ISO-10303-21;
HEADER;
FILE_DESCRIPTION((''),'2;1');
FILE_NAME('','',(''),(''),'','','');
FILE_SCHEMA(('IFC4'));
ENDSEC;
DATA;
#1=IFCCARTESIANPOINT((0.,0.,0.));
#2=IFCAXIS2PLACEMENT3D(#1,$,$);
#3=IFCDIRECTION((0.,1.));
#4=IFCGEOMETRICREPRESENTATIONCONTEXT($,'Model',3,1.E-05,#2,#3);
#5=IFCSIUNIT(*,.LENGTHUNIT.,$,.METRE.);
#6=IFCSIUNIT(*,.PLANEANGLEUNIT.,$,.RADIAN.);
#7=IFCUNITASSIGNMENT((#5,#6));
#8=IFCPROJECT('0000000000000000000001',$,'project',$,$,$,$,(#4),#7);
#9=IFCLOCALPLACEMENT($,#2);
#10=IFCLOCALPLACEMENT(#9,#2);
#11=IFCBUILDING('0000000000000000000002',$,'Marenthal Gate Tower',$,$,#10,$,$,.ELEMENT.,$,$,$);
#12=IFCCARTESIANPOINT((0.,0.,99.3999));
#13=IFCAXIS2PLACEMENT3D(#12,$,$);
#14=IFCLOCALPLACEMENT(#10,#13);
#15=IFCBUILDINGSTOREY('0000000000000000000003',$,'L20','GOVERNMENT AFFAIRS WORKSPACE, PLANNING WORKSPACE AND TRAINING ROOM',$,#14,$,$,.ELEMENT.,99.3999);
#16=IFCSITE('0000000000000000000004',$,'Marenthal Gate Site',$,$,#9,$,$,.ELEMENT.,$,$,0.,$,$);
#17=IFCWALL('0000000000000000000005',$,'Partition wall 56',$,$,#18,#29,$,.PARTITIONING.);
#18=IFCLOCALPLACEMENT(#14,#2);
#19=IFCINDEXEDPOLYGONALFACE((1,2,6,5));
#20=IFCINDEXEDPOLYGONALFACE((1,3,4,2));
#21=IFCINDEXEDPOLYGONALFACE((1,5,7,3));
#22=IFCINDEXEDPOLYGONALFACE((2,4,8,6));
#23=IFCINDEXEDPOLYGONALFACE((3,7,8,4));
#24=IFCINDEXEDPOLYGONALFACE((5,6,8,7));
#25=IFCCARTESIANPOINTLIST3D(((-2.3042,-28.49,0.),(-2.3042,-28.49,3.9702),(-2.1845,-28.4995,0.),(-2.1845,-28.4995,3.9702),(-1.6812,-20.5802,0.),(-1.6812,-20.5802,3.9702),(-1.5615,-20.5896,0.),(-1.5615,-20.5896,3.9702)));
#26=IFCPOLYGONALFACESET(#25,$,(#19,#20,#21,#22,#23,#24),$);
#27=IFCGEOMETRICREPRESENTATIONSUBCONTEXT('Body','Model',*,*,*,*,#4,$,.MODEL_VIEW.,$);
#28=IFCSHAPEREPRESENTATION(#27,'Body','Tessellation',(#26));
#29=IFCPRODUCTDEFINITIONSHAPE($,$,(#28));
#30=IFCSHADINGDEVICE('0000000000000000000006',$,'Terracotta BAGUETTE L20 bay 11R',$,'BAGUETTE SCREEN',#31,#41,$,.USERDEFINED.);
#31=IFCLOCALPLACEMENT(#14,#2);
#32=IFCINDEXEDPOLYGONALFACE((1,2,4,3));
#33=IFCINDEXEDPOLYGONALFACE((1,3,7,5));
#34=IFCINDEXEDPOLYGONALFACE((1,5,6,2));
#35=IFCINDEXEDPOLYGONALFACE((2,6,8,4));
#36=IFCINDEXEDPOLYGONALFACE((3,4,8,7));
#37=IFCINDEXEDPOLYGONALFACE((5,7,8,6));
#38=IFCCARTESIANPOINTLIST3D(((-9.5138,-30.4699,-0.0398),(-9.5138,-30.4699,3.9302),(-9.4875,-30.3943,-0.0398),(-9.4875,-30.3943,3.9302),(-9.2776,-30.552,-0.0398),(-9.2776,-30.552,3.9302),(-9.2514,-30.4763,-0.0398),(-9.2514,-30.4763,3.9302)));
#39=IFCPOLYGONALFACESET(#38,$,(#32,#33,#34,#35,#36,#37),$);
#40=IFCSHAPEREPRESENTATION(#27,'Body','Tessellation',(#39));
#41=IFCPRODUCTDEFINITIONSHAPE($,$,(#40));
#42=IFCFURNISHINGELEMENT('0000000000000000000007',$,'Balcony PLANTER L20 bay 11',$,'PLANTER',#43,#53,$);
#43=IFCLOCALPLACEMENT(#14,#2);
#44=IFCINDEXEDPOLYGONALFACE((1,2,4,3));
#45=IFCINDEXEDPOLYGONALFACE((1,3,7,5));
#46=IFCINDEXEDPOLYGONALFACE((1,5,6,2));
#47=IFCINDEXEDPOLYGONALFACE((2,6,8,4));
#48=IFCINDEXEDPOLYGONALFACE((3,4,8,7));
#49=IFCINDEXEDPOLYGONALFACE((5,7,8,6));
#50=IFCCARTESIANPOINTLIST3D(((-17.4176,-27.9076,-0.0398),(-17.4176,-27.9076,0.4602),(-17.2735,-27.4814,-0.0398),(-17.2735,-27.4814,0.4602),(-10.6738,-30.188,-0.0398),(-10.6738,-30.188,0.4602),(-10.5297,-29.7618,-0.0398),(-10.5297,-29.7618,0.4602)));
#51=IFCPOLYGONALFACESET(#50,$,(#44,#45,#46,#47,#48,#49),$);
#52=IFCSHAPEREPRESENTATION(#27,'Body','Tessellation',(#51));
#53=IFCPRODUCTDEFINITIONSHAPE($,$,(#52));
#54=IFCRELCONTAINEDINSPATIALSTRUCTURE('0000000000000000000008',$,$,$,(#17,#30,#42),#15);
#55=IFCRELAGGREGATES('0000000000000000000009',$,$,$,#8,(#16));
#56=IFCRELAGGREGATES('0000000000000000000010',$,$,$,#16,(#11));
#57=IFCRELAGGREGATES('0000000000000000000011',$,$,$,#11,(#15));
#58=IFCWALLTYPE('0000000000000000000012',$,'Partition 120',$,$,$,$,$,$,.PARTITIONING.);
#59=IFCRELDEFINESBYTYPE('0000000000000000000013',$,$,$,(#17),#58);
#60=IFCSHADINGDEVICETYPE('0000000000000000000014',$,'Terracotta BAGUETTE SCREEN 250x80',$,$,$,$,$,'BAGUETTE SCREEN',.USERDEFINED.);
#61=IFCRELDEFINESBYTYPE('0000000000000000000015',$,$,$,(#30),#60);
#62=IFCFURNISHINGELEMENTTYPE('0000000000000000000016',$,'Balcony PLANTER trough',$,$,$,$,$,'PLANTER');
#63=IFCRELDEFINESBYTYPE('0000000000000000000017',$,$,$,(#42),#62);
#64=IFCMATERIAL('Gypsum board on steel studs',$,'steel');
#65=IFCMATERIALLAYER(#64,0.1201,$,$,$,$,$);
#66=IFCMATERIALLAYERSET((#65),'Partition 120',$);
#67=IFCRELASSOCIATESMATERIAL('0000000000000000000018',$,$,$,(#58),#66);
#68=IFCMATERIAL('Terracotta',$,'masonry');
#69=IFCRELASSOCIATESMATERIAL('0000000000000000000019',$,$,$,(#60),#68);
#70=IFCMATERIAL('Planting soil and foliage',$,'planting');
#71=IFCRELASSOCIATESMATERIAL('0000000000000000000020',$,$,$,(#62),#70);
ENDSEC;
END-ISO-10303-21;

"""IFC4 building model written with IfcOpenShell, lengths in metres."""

from ifc_helpers import new_model, si_unit, direction, frame, frame_2d, origin, origin_2d, place, context, subcontext, project, spatial, rectangle, extrude, material, layer, layer_set, material_profile, profile_set, type_object, element, save


model = new_model("IFC4")

# Units and contexts
model_context = context("Model", 3, precision=1e-05, world=origin(), true_north=direction((0.0, 1.0)))
body_context = subcontext(model_context, "Body", "Model", "MODEL_VIEW")
ifc_project = project(units=[si_unit("LENGTHUNIT", "METRE"), si_unit("PLANEANGLEUNIT", "RADIAN")], contexts=[model_context])

# Site, building, storey
site_placement = place(None, origin())
site = spatial("IfcSite", under=ifc_project, at=site_placement, Name="Marenthal Gate Site", CompositionType="ELEMENT", RefElevation=0.0)
building_placement = place(site_placement, origin())
building = spatial("IfcBuilding", under=site, at=building_placement, Name="Marenthal Gate Tower", CompositionType="ELEMENT")
storey_placement = place(building_placement, frame((0.0, 0.0, 99.3999)))
storey = spatial("IfcBuildingStorey", under=building, at=storey_placement, Name="L20", Description="GOVERNMENT AFFAIRS WORKSPACE, PLANNING WORKSPACE AND TRAINING ROOM", CompositionType="ELEMENT", Elevation=99.3999)

# Wall
ifc_material_1 = material(Name="Gypsum board on steel studs", Category="steel")
ifc_layer_1 = layer(ifc_material_1, 0.1201)
ifc_layer_set_1 = layer_set([ifc_layer_1], Name="Partition 120")
wall_type = type_object("IfcWallType", Name="Partition 120", PredefinedType="PARTITIONING", material=ifc_layer_set_1)
wall_1_placement = place(storey_placement, frame((-2.2444, -28.4949, 0.0), z_axis=(0.0, 0.0, 1.0), x_axis=(0.078525, 0.996912, 0.0)))
element("IfcWall", 1, at=wall_1_placement, inside=storey, type_object=wall_type, Name="Partition wall 56", PredefinedType="PARTITIONING", context=body_context, shape_type="SweptSolid", body=[
    extrude(rectangle(XDim=7.9343, YDim=0.1201, at=frame_2d((3.9673, 0.0))), origin(), (0.0, 0.0, 1.0), 3.9702),
])

# Shading device
ifc_material_2 = material(Name="Terracotta", Category="masonry")
ifc_material_profile_1 = material_profile(ifc_material_2, rectangle(XDim=0.25, YDim=0.0801, at=origin_2d()), Name="Terracotta baguette 250x80")
ifc_profile_set_1 = profile_set([ifc_material_profile_1], Name="Terracotta")
shading_device_type = type_object("IfcShadingDeviceType", Name="Terracotta BAGUETTE SCREEN 250x80", ElementType="BAGUETTE SCREEN", PredefinedType="USERDEFINED", material=ifc_profile_set_1)
shading_device_placement = place(storey_placement, frame((-9.3826, -30.4731, -0.0398), z_axis=(0.0, 0.0, 1.0), x_axis=(0.944614, -0.328183, 0.0)))
element("IfcShadingDevice", 2, at=shading_device_placement, inside=storey, type_object=shading_device_type, Name="Terracotta BAGUETTE L20 bay 11R", ObjectType="BAGUETTE SCREEN", PredefinedType="USERDEFINED", context=body_context, shape_type="SweptSolid", body=[
    extrude(rectangle(XDim=0.25, YDim=0.0801, at=origin_2d()), origin(), (0.0, 0.0, 1.0), 3.97),
])

# Furnishing element
ifc_material_3 = material(Name="Planting soil and foliage", Category="planting")
furnishing_element_type = type_object("IfcFurnishingElementType", Name="Balcony PLANTER trough", ElementType="PLANTER", material=ifc_material_3)
furnishing_placement = place(storey_placement, frame((-13.9736, -28.8347, -0.0398), z_axis=(0.0, 0.0, 1.0), x_axis=(0.947307, -0.320328, 0.0)))
element("IfcFurnishingElement", 3, at=furnishing_placement, inside=storey, type_object=furnishing_element_type, Name="Balcony PLANTER L20 bay 11", ObjectType="PLANTER", context=body_context, shape_type="SweptSolid", body=[
    extrude(rectangle(XDim=7.1189, YDim=0.45, at=origin_2d()), origin(), (0.0, 0.0, 1.0), 0.5),
])

save(model, "model.ifc")
